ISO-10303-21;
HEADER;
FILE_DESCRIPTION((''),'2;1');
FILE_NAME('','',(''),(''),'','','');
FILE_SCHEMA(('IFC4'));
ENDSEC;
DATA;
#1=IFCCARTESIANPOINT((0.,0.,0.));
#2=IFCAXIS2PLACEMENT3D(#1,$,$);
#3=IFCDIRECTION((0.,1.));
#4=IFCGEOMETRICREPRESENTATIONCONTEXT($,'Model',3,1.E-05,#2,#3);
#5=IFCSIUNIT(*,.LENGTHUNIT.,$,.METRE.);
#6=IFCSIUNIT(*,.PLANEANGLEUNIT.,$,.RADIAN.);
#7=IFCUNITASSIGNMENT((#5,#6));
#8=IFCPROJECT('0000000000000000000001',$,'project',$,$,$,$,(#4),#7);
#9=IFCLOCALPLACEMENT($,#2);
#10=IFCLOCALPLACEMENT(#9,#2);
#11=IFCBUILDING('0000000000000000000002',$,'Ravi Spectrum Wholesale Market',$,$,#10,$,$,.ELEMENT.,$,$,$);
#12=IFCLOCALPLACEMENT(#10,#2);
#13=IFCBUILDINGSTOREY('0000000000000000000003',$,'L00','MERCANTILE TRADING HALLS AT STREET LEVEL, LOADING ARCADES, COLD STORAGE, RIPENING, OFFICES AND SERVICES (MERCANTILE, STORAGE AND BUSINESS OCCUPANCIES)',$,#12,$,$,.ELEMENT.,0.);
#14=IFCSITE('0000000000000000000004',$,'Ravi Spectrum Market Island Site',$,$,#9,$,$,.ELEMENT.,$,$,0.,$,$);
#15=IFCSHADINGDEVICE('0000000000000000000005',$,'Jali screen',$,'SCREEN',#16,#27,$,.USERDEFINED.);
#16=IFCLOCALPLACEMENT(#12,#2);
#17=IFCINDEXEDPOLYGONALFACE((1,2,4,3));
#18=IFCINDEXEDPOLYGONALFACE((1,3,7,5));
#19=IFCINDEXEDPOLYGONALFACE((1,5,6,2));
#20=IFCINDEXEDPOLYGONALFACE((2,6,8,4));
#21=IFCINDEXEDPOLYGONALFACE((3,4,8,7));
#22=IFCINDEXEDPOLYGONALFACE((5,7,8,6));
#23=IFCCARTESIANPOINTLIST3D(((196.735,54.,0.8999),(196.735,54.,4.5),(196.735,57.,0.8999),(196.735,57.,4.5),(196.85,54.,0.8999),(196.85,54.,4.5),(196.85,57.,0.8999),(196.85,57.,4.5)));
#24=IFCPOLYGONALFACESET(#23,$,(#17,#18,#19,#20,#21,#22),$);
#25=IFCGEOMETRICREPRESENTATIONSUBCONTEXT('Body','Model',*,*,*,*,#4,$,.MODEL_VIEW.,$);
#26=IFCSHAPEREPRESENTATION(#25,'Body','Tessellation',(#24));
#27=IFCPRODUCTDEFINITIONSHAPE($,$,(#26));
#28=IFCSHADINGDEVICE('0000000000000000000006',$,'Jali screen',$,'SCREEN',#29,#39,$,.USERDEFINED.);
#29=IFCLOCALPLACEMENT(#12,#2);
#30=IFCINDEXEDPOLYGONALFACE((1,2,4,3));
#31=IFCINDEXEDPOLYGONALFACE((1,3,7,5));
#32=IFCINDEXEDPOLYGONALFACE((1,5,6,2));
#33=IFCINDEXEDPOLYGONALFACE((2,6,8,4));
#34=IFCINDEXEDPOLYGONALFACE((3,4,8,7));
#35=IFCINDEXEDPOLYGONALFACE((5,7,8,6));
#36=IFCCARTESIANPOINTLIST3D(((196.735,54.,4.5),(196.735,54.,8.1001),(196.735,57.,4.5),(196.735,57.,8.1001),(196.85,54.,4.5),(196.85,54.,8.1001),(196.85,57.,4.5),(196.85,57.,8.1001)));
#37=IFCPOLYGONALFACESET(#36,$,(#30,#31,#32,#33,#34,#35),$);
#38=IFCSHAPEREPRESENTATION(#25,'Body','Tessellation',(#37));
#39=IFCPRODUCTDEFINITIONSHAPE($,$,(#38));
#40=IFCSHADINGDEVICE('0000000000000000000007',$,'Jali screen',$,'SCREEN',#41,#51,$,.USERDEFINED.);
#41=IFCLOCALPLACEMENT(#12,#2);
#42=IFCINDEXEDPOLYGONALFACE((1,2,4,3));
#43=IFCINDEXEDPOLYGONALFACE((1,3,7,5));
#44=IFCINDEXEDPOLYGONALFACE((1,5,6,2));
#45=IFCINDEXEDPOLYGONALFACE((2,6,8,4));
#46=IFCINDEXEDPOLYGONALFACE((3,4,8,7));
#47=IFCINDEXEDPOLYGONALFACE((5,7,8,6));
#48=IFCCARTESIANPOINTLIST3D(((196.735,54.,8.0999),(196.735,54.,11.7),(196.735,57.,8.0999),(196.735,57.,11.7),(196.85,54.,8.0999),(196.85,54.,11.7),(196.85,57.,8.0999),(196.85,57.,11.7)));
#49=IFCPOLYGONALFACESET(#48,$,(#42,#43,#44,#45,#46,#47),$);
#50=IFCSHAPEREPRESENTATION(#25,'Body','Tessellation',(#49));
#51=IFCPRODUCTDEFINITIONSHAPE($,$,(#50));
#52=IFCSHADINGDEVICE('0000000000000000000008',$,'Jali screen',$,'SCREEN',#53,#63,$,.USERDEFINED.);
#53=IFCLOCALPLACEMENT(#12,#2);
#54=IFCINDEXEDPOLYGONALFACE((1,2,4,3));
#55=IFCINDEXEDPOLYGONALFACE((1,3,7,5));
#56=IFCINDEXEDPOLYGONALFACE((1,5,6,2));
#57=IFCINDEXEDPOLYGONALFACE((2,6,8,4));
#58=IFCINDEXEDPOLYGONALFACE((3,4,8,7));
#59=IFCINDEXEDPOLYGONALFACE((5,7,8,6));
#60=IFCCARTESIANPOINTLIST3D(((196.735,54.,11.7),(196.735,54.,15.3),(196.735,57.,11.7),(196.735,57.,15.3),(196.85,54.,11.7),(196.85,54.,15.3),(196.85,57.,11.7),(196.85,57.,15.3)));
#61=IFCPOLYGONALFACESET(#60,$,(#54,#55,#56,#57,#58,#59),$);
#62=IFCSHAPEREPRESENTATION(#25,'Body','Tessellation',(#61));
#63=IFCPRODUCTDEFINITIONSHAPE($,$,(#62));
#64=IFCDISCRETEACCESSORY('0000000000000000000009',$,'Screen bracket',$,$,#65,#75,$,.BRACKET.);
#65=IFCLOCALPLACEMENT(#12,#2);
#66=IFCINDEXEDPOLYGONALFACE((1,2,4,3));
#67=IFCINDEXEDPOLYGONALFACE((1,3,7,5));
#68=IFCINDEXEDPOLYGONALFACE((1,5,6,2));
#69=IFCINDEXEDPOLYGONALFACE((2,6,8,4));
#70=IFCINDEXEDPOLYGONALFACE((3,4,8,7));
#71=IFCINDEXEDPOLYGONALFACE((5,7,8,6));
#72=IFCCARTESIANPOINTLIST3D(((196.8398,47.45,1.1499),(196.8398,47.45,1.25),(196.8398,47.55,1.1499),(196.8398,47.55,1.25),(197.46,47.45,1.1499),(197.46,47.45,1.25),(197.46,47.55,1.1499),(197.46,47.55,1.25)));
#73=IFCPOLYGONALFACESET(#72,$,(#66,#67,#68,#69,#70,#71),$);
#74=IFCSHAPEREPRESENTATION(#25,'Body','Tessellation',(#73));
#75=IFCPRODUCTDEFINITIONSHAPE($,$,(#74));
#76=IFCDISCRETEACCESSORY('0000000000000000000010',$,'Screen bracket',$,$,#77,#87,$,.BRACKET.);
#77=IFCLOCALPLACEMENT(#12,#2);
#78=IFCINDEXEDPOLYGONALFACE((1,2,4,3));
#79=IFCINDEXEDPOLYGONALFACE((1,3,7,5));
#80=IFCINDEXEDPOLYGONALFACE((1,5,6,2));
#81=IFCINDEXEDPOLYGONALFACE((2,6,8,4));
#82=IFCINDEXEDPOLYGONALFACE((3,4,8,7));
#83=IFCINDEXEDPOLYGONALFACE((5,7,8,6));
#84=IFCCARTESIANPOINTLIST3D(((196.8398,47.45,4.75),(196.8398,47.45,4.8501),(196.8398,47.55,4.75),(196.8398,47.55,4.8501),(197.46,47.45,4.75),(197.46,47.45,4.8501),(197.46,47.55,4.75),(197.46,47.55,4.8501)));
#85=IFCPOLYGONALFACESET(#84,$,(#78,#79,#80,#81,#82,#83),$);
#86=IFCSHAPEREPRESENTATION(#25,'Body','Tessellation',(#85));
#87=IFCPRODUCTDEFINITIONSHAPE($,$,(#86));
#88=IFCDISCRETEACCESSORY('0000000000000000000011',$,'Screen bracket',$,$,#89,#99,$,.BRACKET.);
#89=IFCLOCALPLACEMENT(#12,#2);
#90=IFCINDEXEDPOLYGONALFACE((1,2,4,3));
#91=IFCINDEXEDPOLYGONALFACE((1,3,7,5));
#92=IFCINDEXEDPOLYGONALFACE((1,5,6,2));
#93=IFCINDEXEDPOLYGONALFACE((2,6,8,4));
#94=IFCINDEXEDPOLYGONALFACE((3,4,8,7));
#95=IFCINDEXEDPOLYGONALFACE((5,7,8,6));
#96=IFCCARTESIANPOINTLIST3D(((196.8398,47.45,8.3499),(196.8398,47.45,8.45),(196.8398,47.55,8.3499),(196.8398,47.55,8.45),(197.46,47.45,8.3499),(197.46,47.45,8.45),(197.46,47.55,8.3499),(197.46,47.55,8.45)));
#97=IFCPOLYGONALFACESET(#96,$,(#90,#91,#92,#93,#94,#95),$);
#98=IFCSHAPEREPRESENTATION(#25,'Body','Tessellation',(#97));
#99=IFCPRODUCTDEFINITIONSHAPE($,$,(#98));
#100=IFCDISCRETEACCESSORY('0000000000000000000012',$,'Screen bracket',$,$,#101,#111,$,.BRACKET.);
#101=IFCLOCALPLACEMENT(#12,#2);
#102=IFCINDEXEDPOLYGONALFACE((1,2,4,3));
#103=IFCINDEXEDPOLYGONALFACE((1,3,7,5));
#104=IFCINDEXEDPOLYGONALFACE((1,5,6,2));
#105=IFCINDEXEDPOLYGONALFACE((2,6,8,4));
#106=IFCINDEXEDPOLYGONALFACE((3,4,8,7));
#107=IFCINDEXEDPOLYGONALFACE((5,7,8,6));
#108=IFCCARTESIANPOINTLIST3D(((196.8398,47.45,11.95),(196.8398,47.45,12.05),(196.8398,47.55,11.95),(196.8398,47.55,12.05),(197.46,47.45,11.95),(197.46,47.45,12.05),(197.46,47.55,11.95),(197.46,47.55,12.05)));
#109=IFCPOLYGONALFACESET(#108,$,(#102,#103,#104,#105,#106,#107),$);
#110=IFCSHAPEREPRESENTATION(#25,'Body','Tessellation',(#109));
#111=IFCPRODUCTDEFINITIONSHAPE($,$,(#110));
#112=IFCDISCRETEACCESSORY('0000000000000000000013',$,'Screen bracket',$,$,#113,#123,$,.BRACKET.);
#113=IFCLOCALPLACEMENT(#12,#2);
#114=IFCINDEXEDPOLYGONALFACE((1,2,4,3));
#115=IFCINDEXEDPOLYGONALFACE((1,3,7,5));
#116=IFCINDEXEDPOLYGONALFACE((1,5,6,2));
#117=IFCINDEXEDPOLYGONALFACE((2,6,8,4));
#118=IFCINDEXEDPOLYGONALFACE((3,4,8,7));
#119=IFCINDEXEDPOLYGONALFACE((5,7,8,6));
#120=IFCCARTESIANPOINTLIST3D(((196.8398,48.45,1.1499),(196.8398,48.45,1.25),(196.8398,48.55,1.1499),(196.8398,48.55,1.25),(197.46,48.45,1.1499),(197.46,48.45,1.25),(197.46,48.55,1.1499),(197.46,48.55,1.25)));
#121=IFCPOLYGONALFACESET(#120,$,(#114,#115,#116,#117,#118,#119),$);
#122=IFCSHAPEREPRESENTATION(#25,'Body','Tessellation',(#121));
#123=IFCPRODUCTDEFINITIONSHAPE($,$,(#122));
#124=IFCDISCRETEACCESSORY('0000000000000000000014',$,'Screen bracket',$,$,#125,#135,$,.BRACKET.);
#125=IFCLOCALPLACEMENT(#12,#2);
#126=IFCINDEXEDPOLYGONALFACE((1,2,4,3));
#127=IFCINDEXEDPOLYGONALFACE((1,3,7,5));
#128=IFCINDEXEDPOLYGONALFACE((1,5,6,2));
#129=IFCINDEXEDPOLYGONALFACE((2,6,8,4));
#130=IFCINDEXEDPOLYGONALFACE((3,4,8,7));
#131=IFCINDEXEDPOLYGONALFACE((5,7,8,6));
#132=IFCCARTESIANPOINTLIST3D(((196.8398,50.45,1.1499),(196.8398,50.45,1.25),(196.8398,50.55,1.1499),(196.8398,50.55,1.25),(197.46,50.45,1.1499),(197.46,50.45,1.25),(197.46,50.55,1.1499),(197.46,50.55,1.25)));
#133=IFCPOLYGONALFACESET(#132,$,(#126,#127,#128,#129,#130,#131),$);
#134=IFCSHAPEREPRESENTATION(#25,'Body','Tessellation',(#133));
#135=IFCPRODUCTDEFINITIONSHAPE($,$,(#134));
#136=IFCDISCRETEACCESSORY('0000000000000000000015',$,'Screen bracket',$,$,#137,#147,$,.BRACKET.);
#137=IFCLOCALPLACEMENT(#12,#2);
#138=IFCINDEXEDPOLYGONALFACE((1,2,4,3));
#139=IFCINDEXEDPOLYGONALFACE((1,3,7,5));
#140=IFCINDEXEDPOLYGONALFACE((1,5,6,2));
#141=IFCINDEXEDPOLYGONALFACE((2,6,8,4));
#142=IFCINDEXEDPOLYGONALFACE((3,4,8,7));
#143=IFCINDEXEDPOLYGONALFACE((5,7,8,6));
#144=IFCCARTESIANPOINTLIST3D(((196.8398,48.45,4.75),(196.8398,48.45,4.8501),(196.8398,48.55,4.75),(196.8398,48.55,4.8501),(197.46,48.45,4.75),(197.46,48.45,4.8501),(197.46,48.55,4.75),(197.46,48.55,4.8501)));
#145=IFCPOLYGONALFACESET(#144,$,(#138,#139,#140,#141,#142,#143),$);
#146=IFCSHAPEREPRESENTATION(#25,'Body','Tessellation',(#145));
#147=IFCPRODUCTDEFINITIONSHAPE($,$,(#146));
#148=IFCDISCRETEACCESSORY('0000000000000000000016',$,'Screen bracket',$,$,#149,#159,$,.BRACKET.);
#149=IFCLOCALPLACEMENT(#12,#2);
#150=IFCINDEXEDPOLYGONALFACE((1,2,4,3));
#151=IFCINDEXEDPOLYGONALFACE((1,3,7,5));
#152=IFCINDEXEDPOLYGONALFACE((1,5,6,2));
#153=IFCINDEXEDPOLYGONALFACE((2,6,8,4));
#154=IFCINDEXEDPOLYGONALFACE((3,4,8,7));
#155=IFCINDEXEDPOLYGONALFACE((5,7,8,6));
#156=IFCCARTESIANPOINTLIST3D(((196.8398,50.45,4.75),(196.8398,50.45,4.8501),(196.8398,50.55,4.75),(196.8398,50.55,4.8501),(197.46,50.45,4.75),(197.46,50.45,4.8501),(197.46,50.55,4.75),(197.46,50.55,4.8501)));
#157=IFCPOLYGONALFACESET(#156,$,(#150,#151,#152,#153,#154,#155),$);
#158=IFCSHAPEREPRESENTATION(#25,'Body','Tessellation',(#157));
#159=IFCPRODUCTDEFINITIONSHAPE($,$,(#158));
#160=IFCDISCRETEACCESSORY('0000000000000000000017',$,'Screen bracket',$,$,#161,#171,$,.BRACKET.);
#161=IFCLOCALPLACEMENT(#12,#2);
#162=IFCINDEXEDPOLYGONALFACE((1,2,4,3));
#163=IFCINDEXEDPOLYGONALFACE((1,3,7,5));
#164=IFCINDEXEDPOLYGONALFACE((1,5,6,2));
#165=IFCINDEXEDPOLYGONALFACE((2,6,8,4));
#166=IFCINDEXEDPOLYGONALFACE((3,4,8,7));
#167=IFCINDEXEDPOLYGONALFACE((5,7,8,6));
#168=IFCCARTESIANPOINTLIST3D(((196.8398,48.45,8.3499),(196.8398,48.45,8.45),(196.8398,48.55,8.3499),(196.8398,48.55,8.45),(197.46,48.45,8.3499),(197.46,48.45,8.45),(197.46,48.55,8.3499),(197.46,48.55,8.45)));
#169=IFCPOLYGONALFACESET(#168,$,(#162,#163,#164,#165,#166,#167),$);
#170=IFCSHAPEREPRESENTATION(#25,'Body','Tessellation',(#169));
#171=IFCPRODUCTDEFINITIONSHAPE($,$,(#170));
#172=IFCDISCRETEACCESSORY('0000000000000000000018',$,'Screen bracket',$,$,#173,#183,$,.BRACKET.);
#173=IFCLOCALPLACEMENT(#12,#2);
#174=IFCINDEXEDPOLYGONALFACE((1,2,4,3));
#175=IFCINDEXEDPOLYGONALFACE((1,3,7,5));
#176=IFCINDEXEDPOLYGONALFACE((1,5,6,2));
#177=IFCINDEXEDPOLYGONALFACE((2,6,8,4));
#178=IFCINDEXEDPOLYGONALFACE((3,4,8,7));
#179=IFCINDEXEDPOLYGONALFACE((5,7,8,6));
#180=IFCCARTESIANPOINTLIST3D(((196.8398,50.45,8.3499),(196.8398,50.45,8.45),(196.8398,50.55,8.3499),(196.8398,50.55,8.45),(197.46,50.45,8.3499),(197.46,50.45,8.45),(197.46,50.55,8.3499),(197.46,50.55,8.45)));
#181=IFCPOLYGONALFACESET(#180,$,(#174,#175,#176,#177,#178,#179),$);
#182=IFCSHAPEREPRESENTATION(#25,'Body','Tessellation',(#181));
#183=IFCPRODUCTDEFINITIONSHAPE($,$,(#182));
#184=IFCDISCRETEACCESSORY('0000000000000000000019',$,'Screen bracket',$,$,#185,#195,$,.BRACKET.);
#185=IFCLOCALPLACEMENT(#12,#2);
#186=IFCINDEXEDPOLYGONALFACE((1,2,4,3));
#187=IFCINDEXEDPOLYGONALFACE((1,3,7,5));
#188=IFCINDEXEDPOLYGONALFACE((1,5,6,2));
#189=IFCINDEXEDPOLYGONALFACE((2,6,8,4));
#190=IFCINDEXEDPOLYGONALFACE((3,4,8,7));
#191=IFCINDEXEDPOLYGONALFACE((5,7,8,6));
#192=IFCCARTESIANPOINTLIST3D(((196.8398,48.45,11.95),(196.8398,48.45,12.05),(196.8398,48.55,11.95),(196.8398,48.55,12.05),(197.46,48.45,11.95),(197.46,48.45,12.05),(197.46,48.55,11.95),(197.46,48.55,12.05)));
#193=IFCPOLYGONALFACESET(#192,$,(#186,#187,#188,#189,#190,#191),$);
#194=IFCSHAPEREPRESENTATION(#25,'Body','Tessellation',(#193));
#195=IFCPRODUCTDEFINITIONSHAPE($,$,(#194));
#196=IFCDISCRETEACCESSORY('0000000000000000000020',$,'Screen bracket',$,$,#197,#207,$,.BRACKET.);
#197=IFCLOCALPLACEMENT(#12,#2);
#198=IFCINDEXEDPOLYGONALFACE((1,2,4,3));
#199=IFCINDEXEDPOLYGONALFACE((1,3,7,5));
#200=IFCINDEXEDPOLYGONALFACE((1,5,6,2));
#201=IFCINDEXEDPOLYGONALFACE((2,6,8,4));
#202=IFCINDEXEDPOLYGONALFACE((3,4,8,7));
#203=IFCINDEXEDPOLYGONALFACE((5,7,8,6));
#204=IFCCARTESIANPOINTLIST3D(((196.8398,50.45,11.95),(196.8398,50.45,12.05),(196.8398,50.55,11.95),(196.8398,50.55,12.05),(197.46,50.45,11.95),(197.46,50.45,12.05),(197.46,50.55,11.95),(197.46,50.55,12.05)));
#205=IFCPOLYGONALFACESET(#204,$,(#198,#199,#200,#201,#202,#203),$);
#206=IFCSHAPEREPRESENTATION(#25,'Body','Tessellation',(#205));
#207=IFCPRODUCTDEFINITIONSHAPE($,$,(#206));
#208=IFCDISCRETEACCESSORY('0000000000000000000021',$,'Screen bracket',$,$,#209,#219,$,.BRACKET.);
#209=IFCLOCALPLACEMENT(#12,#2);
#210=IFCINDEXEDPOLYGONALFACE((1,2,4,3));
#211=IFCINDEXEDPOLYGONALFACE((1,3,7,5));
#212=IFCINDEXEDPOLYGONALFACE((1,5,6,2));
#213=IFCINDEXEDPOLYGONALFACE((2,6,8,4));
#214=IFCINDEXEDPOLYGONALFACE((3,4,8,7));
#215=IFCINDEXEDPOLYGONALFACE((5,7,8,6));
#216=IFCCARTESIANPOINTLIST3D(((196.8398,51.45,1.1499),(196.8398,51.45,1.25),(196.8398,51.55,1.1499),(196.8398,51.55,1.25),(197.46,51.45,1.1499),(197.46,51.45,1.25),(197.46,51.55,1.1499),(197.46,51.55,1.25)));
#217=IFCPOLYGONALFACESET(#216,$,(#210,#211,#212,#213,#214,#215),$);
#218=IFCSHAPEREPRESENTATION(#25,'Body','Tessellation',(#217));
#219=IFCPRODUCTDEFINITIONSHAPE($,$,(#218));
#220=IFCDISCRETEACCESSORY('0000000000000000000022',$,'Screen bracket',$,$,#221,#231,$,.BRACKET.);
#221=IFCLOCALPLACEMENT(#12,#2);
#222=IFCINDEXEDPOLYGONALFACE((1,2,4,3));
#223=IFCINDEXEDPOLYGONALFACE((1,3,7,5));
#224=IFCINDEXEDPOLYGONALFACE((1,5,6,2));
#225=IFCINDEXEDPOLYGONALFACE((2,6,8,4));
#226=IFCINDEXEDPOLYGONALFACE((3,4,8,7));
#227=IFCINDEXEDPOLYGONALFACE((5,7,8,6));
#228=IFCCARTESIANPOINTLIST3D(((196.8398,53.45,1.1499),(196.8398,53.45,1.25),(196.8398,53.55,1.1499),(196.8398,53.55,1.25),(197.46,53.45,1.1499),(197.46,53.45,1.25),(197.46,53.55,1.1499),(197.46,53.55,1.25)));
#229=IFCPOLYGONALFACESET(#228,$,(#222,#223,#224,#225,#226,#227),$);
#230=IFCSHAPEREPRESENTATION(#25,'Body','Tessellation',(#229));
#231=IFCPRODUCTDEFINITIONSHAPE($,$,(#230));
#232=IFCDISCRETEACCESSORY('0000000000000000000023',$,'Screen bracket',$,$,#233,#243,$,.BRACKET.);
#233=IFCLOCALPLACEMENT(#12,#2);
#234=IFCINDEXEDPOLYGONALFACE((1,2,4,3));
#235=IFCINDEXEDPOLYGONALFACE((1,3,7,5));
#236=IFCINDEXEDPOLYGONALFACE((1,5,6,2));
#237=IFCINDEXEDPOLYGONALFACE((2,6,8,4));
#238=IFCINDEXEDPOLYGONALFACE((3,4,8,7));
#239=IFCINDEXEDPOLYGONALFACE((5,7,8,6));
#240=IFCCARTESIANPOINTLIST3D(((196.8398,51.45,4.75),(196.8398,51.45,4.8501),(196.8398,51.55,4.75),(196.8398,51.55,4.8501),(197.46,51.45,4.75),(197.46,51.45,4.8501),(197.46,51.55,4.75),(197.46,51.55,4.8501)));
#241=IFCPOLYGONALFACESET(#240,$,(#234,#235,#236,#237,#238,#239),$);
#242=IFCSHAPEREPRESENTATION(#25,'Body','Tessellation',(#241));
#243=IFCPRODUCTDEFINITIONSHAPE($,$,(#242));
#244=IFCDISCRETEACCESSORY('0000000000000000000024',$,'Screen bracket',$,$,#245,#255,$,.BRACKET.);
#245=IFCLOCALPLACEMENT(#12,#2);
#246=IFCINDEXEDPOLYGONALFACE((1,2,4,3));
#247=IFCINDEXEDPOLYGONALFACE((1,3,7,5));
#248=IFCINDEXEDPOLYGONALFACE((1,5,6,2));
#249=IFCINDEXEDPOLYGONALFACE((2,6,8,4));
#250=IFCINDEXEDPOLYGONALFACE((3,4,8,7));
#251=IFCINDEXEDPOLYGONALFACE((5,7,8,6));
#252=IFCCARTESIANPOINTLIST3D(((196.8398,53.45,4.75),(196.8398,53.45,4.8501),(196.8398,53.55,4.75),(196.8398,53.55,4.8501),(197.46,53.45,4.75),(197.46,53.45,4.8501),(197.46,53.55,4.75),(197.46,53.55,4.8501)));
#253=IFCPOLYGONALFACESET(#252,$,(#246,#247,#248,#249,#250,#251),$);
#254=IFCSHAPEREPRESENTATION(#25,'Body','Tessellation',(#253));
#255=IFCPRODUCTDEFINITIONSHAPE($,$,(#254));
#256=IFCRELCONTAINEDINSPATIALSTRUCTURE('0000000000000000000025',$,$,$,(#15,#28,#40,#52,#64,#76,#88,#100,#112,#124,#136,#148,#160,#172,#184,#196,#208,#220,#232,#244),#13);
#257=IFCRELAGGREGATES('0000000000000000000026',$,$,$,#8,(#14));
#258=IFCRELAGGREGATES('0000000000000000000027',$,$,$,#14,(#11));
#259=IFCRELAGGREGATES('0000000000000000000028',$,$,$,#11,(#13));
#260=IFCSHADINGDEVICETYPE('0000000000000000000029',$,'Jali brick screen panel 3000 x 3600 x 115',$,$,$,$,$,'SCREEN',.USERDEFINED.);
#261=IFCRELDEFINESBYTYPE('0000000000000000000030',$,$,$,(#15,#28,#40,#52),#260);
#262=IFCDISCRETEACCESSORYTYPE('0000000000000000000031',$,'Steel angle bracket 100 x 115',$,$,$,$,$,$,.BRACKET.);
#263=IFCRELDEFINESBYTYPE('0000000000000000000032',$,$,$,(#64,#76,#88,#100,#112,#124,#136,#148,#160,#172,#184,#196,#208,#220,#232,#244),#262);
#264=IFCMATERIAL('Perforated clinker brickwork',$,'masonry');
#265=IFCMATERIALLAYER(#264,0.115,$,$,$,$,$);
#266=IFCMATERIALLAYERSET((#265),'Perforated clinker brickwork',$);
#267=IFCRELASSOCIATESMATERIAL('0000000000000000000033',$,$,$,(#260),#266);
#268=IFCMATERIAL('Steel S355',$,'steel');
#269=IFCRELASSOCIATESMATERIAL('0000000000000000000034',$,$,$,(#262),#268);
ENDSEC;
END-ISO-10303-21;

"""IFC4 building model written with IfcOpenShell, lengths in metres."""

from ifc_helpers import new_model, si_unit, direction, frame, origin, origin_2d, place, context, subcontext, project, spatial, rectangle, extrude, material, layer, layer_set, type_object, element, save


model = new_model("IFC4")

# Units and contexts
model_context = context("Model", 3, precision=1e-05, world=origin(), true_north=direction((0.0, 1.0)))
body_context = subcontext(model_context, "Body", "Model", "MODEL_VIEW")
ifc_project = project(units=[si_unit("LENGTHUNIT", "METRE"), si_unit("PLANEANGLEUNIT", "RADIAN")], contexts=[model_context])

# Site, building, storey
site_placement = place(None, origin())
site = spatial("IfcSite", under=ifc_project, at=site_placement, Name="Ravi Spectrum Market Island Site", CompositionType="ELEMENT", RefElevation=0.0)
building_placement = place(site_placement, origin())
building = spatial("IfcBuilding", under=site, at=building_placement, Name="Ravi Spectrum Wholesale Market", CompositionType="ELEMENT")
storey_placement = place(building_placement, origin())
storey = spatial("IfcBuildingStorey", under=building, at=storey_placement, Name="L00", Description="MERCANTILE TRADING HALLS AT STREET LEVEL, LOADING ARCADES, COLD STORAGE, RIPENING, OFFICES AND SERVICES (MERCANTILE, STORAGE AND BUSINESS OCCUPANCIES)", CompositionType="ELEMENT", Elevation=0.0)

# Shading devices
ifc_material_1 = material(Name="Perforated clinker brickwork", Category="masonry")
ifc_layer = layer(ifc_material_1, 0.115)
ifc_layer_set = layer_set([ifc_layer], Name="Perforated clinker brickwork")
shading_device_type = type_object("IfcShadingDeviceType", Name="Jali brick screen panel 3000 x 3600 x 115", ElementType="SCREEN", PredefinedType="USERDEFINED", material=ifc_layer_set)
for number, where, z_axis, x_axis, name in (
    (1, (196.7925, 55.5, 0.8999), (0.0, 0.0, 1.0), (1.0, 0.0, 0.0), "Jali screen"),
    (2, (196.7925, 55.5, 4.5), (0.0, 0.0, 1.0), (1.0, 0.0, 0.0), "Jali screen"),
    (3, (196.7925, 55.5, 8.0999), (0.0, 0.0, 1.0), (1.0, 0.0, 0.0), "Jali screen"),
    (4, (196.7925, 55.5, 11.7), (0.0, 0.0, 1.0), (1.0, 0.0, 0.0), "Jali screen"),
):
    element("IfcShadingDevice", number, at=place(storey_placement, frame(where, z_axis=z_axis, x_axis=x_axis)), inside=storey, type_object=shading_device_type, Name=name, ObjectType="SCREEN", PredefinedType="USERDEFINED", context=body_context, shape_type="SweptSolid", body=[
        extrude(rectangle(XDim=0.115, YDim=3.0, at=origin_2d()), origin(), (0.0, 0.0, 1.0), 3.6001),
    ])

# Discrete accessories
ifc_material_2 = material(Name="Steel S355", Category="steel")
discrete_accessory_type = type_object("IfcDiscreteAccessoryType", Name="Steel angle bracket 100 x 115", PredefinedType="BRACKET", material=ifc_material_2)
for number, where, z_axis, x_axis, name in (
    (5, (197.1499, 47.5, 1.1499), (0.0, 0.0, 1.0), (1.0, 0.0, 0.0), "Screen bracket"),
    (6, (197.1499, 47.5, 4.75), (0.0, 0.0, 1.0), (1.0, 0.0, 0.0), "Screen bracket"),
    (7, (197.1499, 47.5, 8.3499), (0.0, 0.0, 1.0), (1.0, 0.0, 0.0), "Screen bracket"),
    (8, (197.1499, 47.5, 11.95), (0.0, 0.0, 1.0), (1.0, 0.0, 0.0), "Screen bracket"),
    (9, (197.1499, 48.5, 1.1499), (0.0, 0.0, 1.0), (1.0, 0.0, 0.0), "Screen bracket"),
    (10, (197.1499, 50.5, 1.1499), (0.0, 0.0, 1.0), (1.0, 0.0, 0.0), "Screen bracket"),
    (11, (197.1499, 48.5, 4.75), (0.0, 0.0, 1.0), (1.0, 0.0, 0.0), "Screen bracket"),
    (12, (197.1499, 50.5, 4.75), (0.0, 0.0, 1.0), (1.0, 0.0, 0.0), "Screen bracket"),
    (13, (197.1499, 48.5, 8.3499), (0.0, 0.0, 1.0), (1.0, 0.0, 0.0), "Screen bracket"),
    (14, (197.1499, 50.5, 8.3499), (0.0, 0.0, 1.0), (1.0, 0.0, 0.0), "Screen bracket"),
    (15, (197.1499, 48.5, 11.95), (0.0, 0.0, 1.0), (1.0, 0.0, 0.0), "Screen bracket"),
    (16, (197.1499, 50.5, 11.95), (0.0, 0.0, 1.0), (1.0, 0.0, 0.0), "Screen bracket"),
    (17, (197.1499, 51.5, 1.1499), (0.0, 0.0, 1.0), (1.0, 0.0, 0.0), "Screen bracket"),
    (18, (197.1499, 53.5, 1.1499), (0.0, 0.0, 1.0), (1.0, 0.0, 0.0), "Screen bracket"),
    (19, (197.1499, 51.5, 4.75), (0.0, 0.0, 1.0), (1.0, 0.0, 0.0), "Screen bracket"),
    (20, (197.1499, 53.5, 4.75), (0.0, 0.0, 1.0), (1.0, 0.0, 0.0), "Screen bracket"),
):
    element("IfcDiscreteAccessory", number, at=place(storey_placement, frame(where, z_axis=z_axis, x_axis=x_axis)), inside=storey, type_object=discrete_accessory_type, Name=name, PredefinedType="BRACKET", context=body_context, shape_type="SweptSolid", body=[
        extrude(rectangle(XDim=0.6201, YDim=0.1001, at=origin_2d()), origin(), (0.0, 0.0, 1.0), 0.1001),
    ])

save(model, "model.ifc")
